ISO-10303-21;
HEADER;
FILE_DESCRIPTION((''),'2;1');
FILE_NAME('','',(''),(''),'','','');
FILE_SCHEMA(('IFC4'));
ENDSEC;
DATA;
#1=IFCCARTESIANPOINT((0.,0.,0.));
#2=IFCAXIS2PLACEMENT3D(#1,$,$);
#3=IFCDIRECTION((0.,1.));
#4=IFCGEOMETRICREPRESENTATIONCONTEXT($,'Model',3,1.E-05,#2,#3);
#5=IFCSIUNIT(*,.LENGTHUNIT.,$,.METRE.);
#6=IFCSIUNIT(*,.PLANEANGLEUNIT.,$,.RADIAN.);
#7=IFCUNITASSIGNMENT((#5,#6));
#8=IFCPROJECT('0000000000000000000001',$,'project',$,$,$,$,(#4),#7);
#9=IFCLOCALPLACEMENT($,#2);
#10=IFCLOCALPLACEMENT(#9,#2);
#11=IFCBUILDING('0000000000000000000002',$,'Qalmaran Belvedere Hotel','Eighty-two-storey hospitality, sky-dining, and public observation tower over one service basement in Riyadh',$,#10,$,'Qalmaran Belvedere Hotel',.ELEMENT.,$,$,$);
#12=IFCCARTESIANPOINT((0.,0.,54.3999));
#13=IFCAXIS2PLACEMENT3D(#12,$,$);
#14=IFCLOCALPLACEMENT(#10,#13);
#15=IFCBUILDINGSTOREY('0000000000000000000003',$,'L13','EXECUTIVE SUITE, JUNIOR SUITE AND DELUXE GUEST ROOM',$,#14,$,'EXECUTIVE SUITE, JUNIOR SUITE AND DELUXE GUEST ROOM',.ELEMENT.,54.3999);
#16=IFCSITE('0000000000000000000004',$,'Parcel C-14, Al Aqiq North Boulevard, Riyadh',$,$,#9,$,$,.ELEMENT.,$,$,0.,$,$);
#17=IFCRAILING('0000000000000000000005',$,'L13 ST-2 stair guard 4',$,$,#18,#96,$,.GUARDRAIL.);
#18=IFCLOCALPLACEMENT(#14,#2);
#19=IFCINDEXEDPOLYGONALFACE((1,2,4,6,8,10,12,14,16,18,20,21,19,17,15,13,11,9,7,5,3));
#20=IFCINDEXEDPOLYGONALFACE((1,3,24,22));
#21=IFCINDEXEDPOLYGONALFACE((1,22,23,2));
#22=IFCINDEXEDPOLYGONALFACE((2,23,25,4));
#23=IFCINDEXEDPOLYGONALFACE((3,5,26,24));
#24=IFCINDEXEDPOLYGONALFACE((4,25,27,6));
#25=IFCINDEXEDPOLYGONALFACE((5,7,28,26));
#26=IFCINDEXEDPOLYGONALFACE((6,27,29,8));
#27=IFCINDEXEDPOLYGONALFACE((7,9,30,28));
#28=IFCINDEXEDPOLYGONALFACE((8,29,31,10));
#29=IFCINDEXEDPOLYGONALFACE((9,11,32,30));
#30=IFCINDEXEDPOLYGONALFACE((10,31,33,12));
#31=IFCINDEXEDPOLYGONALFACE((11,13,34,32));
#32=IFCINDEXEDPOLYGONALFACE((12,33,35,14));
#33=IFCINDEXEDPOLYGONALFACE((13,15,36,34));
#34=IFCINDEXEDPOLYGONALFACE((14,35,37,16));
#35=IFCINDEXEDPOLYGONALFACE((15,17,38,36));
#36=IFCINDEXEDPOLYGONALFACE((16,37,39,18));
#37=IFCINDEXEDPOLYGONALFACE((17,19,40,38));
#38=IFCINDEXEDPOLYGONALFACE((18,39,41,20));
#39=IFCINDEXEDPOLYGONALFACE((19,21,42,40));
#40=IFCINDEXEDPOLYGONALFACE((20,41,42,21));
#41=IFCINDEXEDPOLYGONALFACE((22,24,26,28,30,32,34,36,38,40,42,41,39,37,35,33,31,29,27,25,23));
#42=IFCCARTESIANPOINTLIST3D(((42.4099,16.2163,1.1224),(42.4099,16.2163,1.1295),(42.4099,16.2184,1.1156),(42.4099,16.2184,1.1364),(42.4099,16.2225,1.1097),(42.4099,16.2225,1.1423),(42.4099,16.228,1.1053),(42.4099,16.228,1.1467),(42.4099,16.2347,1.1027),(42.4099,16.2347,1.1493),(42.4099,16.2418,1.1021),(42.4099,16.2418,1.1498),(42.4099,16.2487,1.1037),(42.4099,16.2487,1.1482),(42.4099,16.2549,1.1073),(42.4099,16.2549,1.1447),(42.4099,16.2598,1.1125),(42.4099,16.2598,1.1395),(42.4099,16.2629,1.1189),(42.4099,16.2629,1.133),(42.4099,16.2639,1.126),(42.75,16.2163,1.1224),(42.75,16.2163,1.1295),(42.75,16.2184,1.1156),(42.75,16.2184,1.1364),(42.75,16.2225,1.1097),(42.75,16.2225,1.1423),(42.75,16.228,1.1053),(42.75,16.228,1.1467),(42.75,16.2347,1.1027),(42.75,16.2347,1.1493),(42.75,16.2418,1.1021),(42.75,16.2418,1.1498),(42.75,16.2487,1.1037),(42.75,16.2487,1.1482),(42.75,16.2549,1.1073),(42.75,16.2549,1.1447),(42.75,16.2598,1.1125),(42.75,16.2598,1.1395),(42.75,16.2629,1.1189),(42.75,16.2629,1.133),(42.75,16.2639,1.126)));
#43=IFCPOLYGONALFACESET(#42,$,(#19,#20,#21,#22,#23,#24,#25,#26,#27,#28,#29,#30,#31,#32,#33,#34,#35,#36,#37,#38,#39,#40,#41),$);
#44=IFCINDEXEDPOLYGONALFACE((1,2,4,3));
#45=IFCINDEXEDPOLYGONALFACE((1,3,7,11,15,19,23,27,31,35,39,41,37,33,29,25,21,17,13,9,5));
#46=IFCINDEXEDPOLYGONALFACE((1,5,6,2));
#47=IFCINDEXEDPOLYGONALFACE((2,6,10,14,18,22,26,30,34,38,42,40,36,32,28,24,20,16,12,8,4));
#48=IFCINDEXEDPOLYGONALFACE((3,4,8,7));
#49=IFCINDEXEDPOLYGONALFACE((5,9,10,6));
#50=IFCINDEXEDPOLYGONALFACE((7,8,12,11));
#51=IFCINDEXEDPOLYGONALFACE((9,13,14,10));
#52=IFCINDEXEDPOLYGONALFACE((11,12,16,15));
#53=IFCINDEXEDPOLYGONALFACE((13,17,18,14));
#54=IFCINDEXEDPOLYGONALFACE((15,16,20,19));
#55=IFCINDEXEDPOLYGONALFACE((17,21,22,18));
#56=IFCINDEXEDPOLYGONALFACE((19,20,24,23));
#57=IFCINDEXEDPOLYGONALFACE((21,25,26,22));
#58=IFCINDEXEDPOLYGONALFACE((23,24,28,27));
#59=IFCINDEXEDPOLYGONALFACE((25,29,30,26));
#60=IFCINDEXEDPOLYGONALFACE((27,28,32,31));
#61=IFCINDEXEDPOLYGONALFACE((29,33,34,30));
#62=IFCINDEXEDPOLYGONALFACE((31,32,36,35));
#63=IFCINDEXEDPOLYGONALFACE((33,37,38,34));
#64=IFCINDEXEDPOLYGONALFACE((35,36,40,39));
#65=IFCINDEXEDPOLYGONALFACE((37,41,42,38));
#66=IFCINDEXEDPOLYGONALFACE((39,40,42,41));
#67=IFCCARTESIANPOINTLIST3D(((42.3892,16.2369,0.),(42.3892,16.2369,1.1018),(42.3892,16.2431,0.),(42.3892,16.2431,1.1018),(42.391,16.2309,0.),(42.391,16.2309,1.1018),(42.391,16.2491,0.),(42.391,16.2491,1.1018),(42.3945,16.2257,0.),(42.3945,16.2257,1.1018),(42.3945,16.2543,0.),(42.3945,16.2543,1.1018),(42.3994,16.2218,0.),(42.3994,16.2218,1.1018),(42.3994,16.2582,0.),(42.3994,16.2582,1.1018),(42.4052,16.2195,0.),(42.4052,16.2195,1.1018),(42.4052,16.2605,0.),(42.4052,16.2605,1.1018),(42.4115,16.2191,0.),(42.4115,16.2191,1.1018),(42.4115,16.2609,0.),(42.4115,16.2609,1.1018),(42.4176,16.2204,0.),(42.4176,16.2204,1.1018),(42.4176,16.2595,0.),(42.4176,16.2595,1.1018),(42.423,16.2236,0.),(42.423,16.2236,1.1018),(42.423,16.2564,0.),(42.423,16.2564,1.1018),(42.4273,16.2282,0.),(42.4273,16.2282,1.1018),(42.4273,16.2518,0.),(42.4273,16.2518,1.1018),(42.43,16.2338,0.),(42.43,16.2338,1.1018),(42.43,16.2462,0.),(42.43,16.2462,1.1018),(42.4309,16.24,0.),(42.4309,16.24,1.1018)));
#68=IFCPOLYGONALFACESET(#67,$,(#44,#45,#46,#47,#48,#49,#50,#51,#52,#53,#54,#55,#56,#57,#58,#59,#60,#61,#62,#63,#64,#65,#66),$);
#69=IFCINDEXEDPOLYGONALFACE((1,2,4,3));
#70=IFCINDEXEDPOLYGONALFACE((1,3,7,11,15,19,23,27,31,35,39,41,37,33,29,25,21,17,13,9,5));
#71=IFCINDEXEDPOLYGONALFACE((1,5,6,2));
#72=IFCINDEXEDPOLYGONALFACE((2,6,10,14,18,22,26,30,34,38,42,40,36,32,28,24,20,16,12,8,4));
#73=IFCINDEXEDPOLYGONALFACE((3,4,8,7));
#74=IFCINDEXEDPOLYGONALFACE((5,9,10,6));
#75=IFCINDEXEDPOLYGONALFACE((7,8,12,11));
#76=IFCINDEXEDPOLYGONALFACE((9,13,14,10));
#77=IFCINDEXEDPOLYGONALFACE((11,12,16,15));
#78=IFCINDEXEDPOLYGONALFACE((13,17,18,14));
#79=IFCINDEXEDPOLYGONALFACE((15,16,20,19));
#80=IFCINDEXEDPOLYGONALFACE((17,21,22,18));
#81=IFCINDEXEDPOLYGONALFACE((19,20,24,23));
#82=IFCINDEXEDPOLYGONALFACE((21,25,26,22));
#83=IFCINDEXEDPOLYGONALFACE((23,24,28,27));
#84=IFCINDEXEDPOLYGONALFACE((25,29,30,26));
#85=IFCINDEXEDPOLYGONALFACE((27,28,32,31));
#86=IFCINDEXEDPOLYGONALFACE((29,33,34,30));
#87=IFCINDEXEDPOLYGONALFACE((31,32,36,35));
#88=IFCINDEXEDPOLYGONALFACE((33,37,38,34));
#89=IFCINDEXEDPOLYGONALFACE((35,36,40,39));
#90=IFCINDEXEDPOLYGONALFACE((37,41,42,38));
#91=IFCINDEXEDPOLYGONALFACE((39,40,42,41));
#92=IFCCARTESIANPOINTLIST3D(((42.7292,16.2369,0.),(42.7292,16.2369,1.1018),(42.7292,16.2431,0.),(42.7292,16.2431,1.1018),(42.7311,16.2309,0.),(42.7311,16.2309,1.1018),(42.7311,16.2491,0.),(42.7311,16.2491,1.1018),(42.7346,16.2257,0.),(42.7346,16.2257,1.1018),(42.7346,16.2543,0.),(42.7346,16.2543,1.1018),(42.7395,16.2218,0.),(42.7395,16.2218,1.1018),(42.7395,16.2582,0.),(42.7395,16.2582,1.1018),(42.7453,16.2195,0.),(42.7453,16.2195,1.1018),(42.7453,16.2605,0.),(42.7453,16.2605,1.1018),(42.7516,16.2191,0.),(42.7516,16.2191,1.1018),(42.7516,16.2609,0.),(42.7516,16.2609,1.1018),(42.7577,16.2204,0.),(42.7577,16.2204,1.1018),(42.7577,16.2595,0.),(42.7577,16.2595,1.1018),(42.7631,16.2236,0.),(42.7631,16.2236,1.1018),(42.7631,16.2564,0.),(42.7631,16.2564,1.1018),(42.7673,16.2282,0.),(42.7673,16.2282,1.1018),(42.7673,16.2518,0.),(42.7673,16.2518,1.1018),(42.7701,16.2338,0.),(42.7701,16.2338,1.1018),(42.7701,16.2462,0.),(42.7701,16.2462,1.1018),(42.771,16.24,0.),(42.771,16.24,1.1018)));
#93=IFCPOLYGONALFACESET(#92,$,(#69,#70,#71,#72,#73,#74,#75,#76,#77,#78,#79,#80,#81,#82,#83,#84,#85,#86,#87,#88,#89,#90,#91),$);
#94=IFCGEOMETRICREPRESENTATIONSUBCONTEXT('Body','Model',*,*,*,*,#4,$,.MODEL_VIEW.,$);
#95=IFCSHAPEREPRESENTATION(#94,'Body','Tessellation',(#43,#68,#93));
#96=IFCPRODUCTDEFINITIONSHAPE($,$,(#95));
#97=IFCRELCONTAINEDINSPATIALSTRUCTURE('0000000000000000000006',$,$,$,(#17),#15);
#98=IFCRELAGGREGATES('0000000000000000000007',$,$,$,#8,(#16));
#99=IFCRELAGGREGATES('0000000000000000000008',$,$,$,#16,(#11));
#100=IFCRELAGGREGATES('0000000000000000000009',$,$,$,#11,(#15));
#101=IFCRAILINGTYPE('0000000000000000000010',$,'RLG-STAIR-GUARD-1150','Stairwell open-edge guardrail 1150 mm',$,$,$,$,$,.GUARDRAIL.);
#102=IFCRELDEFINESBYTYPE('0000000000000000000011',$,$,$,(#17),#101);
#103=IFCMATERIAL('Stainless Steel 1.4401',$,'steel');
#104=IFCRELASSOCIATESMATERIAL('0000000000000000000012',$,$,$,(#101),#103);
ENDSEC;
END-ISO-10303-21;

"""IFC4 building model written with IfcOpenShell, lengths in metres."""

from ifc_helpers import new_model, si_unit, direction, frame, origin, origin_2d, place, context, subcontext, project, spatial, circle, extrude, material, type_object, element, save


model = new_model("IFC4")

# Units and contexts
model_context = context("Model", 3, precision=1e-05, world=origin(), true_north=direction((0.0, 1.0)))
body_context = subcontext(model_context, "Body", "Model", "MODEL_VIEW")
ifc_project = project(units=[si_unit("LENGTHUNIT", "METRE"), si_unit("PLANEANGLEUNIT", "RADIAN")], contexts=[model_context])

# Site, building, storey
site_placement = place(None, origin())
site = spatial("IfcSite", under=ifc_project, at=site_placement, Name="Parcel C-14, Al Aqiq North Boulevard, Riyadh", CompositionType="ELEMENT", RefElevation=0.0)
building_placement = place(site_placement, origin())
building = spatial("IfcBuilding", under=site, at=building_placement, Name="Qalmaran Belvedere Hotel", Description="Eighty-two-storey hospitality, sky-dining, and public observation tower over one service basement in Riyadh", LongName="Qalmaran Belvedere Hotel", CompositionType="ELEMENT")
storey_placement = place(building_placement, frame((0.0, 0.0, 54.3999)))
storey = spatial("IfcBuildingStorey", under=building, at=storey_placement, Name="L13", Description="EXECUTIVE SUITE, JUNIOR SUITE AND DELUXE GUEST ROOM", LongName="EXECUTIVE SUITE, JUNIOR SUITE AND DELUXE GUEST ROOM", CompositionType="ELEMENT", Elevation=54.3999)

# Shared definitions
ifc_material_1 = material(Name="Stainless Steel 1.4401", Category="steel")

# Railing
railing_type_1 = type_object("IfcRailingType", Name="RLG-STAIR-GUARD-1150", Description="Stairwell open-edge guardrail 1150 mm", PredefinedType="GUARDRAIL", material=ifc_material_1)
railing_1_placement = place(storey_placement, frame((42.4099, 16.24, 0.0)))
element("IfcRailing", 1, at=railing_1_placement, inside=storey, type_object=railing_type_1, Name="L13 ST-2 stair guard 4", PredefinedType="GUARDRAIL", context=body_context, shape_type="SweptSolid", body=[
    extrude(circle(Radius=0.0239, at=origin_2d()), frame((0.0, 0.0, 1.126), z_axis=(1.0, 0.0, 0.0), x_axis=(0.0, 1.0, 0.0)), (0.0, 0.0, 1.0), 0.3401),
    extrude(circle(Radius=0.021, at=origin_2d()), origin(), (0.0, 0.0, 1.0), 1.1018),
    extrude(circle(Radius=0.021, at=origin_2d()), frame((0.3401, 0.0, 0.0)), (0.0, 0.0, 1.0), 1.1018),
])

save(model, "model.ifc")
